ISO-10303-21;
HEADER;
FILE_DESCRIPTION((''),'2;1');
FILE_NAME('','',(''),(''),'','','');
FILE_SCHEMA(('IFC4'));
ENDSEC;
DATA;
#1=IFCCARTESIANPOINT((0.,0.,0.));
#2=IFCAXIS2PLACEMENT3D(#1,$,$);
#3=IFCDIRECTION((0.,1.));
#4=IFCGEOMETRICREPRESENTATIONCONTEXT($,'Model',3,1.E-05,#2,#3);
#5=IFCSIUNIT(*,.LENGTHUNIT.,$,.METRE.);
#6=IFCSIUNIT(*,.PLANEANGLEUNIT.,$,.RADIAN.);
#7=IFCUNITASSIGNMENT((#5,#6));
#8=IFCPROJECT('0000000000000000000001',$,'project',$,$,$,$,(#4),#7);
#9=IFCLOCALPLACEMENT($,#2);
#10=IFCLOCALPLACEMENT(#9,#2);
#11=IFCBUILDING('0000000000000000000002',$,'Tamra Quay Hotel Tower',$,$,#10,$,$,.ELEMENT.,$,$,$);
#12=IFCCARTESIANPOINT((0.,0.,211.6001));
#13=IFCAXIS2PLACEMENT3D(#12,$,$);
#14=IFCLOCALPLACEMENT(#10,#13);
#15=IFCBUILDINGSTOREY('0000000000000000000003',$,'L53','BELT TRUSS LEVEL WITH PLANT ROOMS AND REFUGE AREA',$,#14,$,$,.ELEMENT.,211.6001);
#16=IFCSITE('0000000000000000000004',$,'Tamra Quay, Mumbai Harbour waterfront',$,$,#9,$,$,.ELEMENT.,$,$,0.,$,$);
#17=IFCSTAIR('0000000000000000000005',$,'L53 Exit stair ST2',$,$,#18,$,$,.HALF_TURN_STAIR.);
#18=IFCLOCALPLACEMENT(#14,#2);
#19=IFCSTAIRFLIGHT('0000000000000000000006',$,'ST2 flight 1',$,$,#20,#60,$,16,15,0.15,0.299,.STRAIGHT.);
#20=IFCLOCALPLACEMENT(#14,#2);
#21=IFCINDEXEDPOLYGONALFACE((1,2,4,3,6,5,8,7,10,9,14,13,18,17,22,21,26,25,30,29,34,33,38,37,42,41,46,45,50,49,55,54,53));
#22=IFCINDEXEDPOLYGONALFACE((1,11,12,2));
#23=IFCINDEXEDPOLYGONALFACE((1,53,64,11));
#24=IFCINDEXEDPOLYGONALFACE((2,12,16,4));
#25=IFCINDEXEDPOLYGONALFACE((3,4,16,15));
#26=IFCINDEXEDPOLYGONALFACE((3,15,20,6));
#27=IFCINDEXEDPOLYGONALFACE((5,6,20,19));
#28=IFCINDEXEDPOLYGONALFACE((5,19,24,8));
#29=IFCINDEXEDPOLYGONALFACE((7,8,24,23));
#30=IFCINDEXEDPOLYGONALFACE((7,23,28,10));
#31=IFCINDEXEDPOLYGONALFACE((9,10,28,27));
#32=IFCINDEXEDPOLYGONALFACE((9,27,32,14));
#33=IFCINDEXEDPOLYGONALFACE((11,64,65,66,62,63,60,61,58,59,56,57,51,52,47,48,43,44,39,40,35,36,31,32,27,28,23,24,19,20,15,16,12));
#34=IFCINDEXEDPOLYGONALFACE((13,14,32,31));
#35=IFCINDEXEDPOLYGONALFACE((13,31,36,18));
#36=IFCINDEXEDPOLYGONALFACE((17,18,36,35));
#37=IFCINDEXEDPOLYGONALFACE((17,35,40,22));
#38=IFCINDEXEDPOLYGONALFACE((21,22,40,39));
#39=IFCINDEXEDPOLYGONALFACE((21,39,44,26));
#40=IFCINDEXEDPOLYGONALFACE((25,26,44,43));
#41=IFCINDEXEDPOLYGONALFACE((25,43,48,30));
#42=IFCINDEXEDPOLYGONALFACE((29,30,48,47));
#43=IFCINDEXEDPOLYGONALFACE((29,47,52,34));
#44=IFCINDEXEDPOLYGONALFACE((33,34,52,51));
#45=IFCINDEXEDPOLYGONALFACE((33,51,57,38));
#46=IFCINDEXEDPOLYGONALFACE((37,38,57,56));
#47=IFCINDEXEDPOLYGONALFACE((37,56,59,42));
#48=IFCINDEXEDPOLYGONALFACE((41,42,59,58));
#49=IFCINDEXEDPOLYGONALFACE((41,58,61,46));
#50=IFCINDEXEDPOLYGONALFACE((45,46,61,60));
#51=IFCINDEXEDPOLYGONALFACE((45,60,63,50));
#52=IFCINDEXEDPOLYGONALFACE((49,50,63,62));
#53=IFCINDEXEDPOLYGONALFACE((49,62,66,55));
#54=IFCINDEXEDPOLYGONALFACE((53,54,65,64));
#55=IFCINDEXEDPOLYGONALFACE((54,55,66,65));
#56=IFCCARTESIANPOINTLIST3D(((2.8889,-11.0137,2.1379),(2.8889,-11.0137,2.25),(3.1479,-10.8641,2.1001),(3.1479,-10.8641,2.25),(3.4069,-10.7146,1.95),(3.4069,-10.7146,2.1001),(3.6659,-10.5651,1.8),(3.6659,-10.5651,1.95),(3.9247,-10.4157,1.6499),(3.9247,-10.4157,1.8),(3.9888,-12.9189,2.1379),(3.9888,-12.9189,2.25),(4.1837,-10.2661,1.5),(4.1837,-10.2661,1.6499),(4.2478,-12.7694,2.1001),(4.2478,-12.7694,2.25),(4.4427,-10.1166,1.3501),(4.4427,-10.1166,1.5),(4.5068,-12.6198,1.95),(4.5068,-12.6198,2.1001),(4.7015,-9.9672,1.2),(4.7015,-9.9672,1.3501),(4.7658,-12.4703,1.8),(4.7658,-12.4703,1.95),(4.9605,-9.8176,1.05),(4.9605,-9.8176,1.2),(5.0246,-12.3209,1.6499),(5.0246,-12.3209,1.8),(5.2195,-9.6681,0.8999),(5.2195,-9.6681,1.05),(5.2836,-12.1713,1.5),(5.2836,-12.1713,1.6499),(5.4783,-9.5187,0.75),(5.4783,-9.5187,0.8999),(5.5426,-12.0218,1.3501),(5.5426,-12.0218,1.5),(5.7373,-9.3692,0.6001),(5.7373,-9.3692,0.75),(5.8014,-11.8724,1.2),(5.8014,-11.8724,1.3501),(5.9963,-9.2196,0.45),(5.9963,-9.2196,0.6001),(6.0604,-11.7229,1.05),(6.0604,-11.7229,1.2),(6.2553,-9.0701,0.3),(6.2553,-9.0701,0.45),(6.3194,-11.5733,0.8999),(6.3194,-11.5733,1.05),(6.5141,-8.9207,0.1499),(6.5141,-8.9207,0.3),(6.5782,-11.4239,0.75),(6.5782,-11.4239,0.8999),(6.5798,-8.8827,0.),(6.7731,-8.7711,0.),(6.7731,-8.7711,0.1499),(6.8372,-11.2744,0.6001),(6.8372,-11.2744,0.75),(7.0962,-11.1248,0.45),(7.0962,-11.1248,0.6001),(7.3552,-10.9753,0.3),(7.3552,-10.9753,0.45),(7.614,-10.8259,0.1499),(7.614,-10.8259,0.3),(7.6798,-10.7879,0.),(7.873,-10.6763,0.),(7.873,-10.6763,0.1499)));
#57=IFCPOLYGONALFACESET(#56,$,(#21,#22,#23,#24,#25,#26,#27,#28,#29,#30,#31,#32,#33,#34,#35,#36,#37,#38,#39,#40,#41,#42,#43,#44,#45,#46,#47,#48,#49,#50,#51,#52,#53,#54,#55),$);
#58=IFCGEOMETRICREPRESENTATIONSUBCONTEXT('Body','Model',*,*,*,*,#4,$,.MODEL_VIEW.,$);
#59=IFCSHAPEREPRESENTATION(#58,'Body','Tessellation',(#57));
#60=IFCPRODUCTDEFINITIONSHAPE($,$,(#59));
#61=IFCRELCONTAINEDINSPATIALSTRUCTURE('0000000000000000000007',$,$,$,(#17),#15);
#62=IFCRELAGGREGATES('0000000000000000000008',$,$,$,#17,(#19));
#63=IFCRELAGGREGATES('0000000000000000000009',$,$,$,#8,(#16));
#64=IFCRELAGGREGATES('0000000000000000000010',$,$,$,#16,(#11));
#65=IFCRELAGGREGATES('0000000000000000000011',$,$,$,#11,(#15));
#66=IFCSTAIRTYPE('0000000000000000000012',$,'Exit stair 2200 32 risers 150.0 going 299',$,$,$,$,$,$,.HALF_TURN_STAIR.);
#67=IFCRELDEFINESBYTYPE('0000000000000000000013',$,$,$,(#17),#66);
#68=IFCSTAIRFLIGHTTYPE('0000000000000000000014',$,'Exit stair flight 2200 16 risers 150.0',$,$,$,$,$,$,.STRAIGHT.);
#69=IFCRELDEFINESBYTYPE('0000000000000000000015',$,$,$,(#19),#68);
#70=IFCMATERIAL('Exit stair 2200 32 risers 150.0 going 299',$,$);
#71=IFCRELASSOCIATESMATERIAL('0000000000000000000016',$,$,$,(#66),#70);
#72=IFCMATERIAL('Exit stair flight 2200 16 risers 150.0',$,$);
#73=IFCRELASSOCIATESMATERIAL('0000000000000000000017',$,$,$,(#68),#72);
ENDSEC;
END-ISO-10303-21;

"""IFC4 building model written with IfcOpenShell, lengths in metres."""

from ifc_helpers import new_model, si_unit, direction, frame, origin, place, context, subcontext, project, spatial, polyline, outline, extrude, material, type_object, element, aggregate, save


model = new_model("IFC4")

# Units and contexts
model_context = context("Model", 3, precision=1e-05, world=origin(), true_north=direction((0.0, 1.0)))
body_context = subcontext(model_context, "Body", "Model", "MODEL_VIEW")
ifc_project = project(units=[si_unit("LENGTHUNIT", "METRE"), si_unit("PLANEANGLEUNIT", "RADIAN")], contexts=[model_context])

# Site, building, storey
site_placement = place(None, origin())
site = spatial("IfcSite", under=ifc_project, at=site_placement, Name="Tamra Quay, Mumbai Harbour waterfront", CompositionType="ELEMENT", RefElevation=0.0)
building_placement = place(site_placement, origin())
building = spatial("IfcBuilding", under=site, at=building_placement, Name="Tamra Quay Hotel Tower", CompositionType="ELEMENT")
storey_placement = place(building_placement, frame((0.0, 0.0, 211.6001)))
storey = spatial("IfcBuildingStorey", under=building, at=storey_placement, Name="L53", Description="BELT TRUSS LEVEL WITH PLANT ROOMS AND REFUGE AREA", CompositionType="ELEMENT", Elevation=211.6001)

# Stair, stair flight
ifc_material_1 = material(Name="Exit stair 2200 32 risers 150.0 going 299")
stair_type = type_object("IfcStairType", Name="Exit stair 2200 32 risers 150.0 going 299", PredefinedType="HALF_TURN_STAIR", material=ifc_material_1)
stair_placement = place(storey_placement, origin())
stair = element("IfcStair", 1, at=stair_placement, inside=storey, type_object=stair_type, Name="L53 Exit stair ST2", PredefinedType="HALF_TURN_STAIR")
ifc_material_2 = material(Name="Exit stair flight 2200 16 risers 150.0")
stair_flight_type = type_object("IfcStairFlightType", Name="Exit stair flight 2200 16 risers 150.0", PredefinedType="STRAIGHT", material=ifc_material_2)
stair_flight_placement = place(storey_placement, frame((7.323, -9.7236, 0.0), z_axis=(0.0, 0.0, 1.0), x_axis=(-0.866025, -0.5, 0.0)))
stair_flight = element("IfcStairFlight", 2, at=stair_flight_placement, type_object=stair_flight_type, Name="ST2 flight 1", NumberOfRisers=16, NumberOfTreads=15, PredefinedType="STRAIGHT", RiserHeight=0.15, TreadLength=0.299, context=body_context, shape_type="SweptSolid", body=[
    extrude(outline(polyline([(0.0, 0.0), (0.0, 0.1499), (0.2991, 0.1499), (0.2991, 0.3), (0.5979, 0.3), (0.5979, 0.45), (0.897, 0.45), (0.897, 0.6001), (1.196, 0.6001), (1.196, 0.75), (1.4951, 0.75), (1.4951, 0.8999), (1.7939, 0.8999), (1.7939, 1.05), (2.093, 1.05), (2.093, 1.2), (2.3921, 1.2), (2.3921, 1.3501), (2.6909, 1.3501), (2.6909, 1.5), (2.99, 1.5), (2.99, 1.6499), (3.2891, 1.6499), (3.2891, 1.8), (3.5879, 1.8), (3.5879, 1.95), (3.887, 1.95), (3.887, 2.1001), (4.186, 2.1001), (4.186, 2.25), (4.4851, 2.25), (4.4851, 2.3999), (4.4851, 2.1379), (0.2231, 0.0), (0.0, 0.0)])), frame((0.0, 1.1001, 0.0), z_axis=(0.0, -1.0, 0.0), x_axis=(1.0, 0.0, 0.0)), (0.0, 0.0, 1.0), 2.2),
])
aggregate(stair, [stair_flight])

save(model, "model.ifc")
